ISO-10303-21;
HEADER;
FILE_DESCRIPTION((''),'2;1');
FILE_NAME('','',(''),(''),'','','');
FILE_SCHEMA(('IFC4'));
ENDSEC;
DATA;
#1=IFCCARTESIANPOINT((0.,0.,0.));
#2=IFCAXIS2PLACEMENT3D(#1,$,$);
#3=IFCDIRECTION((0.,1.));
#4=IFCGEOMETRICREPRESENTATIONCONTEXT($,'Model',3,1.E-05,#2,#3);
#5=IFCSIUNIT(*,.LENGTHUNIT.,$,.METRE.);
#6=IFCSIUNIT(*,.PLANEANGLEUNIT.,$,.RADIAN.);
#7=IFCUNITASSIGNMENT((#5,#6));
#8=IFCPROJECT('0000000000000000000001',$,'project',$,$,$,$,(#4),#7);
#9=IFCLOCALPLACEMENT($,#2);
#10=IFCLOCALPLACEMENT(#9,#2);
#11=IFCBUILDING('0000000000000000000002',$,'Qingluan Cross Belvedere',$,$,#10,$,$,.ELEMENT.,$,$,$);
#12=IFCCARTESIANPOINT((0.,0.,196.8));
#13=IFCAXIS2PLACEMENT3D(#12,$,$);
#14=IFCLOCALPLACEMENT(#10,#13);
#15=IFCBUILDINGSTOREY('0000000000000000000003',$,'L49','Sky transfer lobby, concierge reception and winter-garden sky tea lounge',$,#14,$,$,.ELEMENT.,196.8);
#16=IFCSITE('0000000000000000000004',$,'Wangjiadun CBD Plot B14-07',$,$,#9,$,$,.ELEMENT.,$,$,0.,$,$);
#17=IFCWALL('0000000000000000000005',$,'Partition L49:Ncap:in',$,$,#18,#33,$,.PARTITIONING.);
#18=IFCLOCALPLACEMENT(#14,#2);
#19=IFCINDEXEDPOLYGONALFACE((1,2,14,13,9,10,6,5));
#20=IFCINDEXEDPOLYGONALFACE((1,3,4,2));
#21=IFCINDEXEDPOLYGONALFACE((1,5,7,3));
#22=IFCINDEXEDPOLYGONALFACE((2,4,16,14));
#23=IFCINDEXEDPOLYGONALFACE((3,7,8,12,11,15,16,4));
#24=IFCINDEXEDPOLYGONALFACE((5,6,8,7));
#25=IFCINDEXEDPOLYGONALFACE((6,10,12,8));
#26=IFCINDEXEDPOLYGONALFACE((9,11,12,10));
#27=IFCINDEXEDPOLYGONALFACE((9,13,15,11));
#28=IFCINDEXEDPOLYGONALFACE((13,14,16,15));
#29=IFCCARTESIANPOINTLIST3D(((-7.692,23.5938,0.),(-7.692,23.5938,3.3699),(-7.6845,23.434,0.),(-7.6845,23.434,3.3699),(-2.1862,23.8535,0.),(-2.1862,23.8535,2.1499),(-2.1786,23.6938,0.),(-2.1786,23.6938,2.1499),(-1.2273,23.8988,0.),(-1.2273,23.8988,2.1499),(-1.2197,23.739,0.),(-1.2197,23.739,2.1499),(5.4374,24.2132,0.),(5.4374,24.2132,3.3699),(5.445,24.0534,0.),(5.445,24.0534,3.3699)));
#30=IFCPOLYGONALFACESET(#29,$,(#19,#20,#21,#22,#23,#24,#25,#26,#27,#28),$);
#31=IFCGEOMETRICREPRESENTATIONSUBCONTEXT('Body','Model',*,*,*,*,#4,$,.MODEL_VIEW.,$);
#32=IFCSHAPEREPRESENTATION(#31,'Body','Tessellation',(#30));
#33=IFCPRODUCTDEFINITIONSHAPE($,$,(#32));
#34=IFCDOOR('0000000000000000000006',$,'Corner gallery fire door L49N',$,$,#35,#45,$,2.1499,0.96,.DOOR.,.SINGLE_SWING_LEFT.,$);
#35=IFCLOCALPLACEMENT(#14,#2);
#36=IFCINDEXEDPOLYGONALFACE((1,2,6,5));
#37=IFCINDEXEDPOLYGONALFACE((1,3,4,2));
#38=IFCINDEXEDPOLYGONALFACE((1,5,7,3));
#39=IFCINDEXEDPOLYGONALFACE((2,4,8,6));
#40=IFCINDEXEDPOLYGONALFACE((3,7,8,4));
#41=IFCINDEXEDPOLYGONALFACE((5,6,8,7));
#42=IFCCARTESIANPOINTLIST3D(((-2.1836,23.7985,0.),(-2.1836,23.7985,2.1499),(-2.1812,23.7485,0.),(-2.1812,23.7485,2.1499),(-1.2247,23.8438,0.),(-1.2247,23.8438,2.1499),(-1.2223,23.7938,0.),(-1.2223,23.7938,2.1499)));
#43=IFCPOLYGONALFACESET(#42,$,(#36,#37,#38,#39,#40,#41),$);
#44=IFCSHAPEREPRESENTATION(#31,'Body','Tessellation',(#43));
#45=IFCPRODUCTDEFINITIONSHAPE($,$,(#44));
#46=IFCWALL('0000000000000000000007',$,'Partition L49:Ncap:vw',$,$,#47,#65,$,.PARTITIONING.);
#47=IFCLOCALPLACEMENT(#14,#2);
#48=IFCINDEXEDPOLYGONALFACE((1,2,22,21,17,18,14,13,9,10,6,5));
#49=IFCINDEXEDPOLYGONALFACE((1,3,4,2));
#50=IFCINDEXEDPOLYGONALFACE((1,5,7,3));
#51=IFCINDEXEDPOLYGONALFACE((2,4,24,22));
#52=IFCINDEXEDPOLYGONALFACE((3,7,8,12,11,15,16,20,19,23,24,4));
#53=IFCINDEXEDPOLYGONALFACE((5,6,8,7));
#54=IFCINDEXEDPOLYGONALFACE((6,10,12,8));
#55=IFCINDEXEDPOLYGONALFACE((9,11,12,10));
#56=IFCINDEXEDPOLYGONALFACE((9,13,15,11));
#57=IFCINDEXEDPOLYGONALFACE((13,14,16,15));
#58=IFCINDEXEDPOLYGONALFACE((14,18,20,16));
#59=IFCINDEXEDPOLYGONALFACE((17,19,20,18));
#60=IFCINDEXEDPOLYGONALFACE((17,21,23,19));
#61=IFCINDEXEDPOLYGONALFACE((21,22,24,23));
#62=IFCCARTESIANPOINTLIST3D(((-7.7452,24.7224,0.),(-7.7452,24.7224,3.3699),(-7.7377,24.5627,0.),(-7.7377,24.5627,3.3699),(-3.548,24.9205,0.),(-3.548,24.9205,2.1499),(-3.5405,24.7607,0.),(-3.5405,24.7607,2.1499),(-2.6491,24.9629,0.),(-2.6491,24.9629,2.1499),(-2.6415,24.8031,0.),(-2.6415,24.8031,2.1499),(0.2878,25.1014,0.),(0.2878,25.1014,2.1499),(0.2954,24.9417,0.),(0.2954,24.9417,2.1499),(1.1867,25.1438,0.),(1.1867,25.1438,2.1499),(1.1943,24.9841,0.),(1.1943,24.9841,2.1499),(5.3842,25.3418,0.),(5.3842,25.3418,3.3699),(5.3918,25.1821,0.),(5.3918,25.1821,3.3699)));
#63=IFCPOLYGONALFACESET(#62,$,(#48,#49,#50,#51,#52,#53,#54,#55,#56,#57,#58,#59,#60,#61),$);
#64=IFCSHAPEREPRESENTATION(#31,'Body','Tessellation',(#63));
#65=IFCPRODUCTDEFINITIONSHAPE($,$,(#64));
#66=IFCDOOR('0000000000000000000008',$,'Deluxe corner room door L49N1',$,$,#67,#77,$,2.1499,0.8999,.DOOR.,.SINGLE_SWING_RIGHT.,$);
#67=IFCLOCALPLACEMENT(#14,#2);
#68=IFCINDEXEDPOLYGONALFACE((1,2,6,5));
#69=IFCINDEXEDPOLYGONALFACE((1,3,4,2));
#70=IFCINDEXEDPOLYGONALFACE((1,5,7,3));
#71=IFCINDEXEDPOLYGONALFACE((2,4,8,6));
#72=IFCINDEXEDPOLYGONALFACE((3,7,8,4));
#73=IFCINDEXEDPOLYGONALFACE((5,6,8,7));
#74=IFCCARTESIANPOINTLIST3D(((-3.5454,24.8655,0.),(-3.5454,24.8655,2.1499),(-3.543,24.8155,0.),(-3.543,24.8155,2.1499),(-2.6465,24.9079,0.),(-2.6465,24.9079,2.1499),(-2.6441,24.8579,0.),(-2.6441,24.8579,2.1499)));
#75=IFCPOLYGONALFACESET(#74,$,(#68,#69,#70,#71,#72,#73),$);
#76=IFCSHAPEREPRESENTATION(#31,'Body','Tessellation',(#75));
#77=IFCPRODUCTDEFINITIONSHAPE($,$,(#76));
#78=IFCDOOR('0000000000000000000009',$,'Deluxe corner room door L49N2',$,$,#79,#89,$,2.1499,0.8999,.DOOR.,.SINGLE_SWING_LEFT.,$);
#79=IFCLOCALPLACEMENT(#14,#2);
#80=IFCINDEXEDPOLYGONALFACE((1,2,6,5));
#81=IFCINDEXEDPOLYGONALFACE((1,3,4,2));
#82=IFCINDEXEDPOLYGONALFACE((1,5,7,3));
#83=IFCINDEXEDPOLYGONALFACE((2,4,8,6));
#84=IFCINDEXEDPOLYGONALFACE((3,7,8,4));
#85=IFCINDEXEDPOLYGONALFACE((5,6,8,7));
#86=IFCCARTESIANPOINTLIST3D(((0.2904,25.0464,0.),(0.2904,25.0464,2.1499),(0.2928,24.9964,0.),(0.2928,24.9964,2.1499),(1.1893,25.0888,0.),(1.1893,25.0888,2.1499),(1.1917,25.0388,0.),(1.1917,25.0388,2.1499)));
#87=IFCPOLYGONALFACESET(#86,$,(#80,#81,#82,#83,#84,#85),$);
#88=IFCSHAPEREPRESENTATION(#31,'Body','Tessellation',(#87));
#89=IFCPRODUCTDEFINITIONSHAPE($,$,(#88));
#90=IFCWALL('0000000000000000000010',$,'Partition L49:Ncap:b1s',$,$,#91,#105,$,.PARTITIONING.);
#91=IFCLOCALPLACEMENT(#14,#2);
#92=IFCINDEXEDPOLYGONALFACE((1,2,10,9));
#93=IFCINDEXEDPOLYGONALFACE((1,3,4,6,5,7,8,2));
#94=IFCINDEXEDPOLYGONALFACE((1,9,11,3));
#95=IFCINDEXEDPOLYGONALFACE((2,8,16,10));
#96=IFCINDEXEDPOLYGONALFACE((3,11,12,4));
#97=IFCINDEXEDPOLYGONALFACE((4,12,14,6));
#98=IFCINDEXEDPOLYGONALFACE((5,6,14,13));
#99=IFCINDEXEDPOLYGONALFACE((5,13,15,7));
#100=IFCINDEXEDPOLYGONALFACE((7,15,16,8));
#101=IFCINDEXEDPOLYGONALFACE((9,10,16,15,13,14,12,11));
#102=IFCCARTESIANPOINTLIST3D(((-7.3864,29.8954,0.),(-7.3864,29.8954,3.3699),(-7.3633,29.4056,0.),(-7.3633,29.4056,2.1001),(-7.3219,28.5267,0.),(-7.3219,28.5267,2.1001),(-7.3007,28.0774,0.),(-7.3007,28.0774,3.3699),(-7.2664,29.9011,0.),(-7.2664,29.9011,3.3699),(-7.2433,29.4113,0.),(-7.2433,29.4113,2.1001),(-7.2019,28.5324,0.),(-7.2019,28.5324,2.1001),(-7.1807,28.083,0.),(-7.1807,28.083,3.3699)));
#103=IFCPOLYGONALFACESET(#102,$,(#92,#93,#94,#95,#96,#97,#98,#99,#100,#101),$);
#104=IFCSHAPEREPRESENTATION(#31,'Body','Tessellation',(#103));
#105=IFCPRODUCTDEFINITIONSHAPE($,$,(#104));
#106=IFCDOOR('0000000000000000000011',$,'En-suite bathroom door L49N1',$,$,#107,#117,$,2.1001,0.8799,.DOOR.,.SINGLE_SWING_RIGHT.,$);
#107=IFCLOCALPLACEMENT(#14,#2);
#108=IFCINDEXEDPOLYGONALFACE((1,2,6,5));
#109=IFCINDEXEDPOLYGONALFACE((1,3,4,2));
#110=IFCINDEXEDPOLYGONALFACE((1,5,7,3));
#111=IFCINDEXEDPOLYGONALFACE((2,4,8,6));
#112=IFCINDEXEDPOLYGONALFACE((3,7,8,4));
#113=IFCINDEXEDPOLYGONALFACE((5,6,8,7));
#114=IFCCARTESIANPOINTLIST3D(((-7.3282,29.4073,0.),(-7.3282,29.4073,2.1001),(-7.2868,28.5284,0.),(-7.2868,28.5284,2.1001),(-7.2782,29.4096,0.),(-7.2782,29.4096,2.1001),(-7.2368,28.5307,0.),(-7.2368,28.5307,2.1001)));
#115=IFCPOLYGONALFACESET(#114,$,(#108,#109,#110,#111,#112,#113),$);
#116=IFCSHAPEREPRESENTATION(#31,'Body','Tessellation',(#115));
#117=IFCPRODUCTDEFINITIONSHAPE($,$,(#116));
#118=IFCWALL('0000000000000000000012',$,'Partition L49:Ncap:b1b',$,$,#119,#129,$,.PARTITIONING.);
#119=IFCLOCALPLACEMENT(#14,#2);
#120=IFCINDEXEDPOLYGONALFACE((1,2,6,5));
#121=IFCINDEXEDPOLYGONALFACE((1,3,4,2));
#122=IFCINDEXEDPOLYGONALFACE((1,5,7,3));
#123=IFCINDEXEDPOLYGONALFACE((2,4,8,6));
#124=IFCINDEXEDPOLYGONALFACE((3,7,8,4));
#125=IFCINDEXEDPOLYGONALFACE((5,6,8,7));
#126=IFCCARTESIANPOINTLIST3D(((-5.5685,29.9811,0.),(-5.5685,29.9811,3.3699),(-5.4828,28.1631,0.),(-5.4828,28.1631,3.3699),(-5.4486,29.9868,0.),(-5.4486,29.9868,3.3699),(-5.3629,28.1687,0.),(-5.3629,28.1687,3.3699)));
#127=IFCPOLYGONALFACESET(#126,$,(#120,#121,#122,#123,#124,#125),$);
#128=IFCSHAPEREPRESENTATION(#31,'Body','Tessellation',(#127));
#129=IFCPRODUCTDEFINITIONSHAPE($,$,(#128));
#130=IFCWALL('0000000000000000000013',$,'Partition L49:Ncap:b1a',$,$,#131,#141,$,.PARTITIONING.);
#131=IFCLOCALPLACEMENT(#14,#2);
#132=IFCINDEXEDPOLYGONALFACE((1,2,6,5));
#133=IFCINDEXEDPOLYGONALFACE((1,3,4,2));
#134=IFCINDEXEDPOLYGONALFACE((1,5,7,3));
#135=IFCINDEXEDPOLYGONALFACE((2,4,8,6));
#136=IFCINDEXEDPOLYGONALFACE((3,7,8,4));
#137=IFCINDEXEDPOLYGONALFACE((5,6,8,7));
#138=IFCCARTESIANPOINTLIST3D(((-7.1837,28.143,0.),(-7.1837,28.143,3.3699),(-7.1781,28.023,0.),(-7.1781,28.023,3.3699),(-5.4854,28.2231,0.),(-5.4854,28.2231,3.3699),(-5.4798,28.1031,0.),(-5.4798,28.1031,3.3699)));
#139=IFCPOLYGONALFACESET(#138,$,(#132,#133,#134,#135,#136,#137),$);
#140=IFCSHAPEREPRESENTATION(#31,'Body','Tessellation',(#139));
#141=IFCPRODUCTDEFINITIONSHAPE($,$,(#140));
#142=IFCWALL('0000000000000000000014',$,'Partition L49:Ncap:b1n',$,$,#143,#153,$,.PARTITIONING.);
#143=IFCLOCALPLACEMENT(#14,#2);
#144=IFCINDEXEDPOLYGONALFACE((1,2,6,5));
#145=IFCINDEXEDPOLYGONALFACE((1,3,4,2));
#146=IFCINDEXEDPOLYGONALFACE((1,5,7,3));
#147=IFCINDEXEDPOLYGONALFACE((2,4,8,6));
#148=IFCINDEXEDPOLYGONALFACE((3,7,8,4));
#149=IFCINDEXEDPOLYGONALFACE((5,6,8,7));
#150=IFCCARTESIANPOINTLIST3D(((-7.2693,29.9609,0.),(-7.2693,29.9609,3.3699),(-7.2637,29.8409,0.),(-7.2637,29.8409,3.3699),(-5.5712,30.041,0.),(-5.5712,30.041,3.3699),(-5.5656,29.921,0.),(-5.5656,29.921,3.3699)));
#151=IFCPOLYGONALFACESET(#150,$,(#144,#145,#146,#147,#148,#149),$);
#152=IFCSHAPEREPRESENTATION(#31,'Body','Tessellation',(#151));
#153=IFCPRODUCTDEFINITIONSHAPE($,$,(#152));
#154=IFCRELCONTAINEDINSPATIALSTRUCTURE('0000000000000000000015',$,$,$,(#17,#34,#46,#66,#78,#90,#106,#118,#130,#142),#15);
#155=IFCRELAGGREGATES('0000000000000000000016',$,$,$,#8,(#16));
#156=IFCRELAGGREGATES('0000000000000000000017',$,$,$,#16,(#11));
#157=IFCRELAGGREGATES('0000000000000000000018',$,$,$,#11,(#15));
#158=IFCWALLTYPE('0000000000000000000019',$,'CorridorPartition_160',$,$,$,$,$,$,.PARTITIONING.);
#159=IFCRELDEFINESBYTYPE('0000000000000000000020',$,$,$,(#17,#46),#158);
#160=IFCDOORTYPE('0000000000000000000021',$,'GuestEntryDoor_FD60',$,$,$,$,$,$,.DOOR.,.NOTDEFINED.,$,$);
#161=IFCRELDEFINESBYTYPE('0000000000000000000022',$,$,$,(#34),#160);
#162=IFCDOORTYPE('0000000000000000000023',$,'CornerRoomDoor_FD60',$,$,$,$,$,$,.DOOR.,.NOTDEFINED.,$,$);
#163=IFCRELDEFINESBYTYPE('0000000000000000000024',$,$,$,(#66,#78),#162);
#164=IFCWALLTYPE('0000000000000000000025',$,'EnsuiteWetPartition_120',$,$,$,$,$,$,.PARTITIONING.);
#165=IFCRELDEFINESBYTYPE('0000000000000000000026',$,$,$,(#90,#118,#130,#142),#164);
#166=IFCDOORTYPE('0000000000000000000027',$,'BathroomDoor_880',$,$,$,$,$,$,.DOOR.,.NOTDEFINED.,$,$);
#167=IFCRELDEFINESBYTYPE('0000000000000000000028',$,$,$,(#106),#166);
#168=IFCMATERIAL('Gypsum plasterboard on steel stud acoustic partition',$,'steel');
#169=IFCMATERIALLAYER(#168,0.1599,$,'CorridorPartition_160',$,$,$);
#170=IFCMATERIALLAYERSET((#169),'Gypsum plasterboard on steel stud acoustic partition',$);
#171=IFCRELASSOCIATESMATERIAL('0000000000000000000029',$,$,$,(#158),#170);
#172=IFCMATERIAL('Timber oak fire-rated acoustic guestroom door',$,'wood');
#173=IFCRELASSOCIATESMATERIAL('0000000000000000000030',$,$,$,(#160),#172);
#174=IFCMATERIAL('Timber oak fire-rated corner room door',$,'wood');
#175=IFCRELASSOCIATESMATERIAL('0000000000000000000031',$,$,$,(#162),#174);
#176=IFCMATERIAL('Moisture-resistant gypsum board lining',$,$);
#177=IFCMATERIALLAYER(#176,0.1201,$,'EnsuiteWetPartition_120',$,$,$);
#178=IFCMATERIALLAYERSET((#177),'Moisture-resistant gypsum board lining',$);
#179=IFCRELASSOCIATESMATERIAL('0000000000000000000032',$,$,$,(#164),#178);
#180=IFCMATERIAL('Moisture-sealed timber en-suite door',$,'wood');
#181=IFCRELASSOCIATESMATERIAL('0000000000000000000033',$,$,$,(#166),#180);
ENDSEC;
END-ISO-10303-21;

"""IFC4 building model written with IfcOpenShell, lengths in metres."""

from ifc_helpers import new_model, si_unit, direction, frame, frame_2d, origin, place, context, subcontext, project, spatial, rectangle, extrude, material, layer, layer_set, type_object, element, fill, save


model = new_model("IFC4")

# Units and contexts
model_context = context("Model", 3, precision=1e-05, world=origin(), true_north=direction((0.0, 1.0)))
body_context = subcontext(model_context, "Body", "Model", "MODEL_VIEW")
ifc_project = project(units=[si_unit("LENGTHUNIT", "METRE"), si_unit("PLANEANGLEUNIT", "RADIAN")], contexts=[model_context])

# Site, building, storey
site_placement = place(None, origin())
site = spatial("IfcSite", under=ifc_project, at=site_placement, Name="Wangjiadun CBD Plot B14-07", CompositionType="ELEMENT", RefElevation=0.0)
building_placement = place(site_placement, origin())
building = spatial("IfcBuilding", under=site, at=building_placement, Name="Qingluan Cross Belvedere", CompositionType="ELEMENT")
storey_placement = place(building_placement, frame((0.0, 0.0, 196.8)))
storey = spatial("IfcBuildingStorey", under=building, at=storey_placement, Name="L49", Description="Sky transfer lobby, concierge reception and winter-garden sky tea lounge", CompositionType="ELEMENT", Elevation=196.8)

# Wall, opening, door
ifc_material_1 = material(Name="Gypsum plasterboard on steel stud acoustic partition", Category="steel")
ifc_layer_1 = layer(ifc_material_1, 0.1599, Name="CorridorPartition_160")
ifc_layer_set_1 = layer_set([ifc_layer_1], Name="Gypsum plasterboard on steel stud acoustic partition")
wall_type_1 = type_object("IfcWallType", Name="CorridorPartition_160", PredefinedType="PARTITIONING", material=ifc_layer_set_1)
wall_1_placement = place(storey_placement, frame((-7.6882, 23.5139, 0.0), z_axis=(0.0, 0.0, 1.0), x_axis=(0.998889, 0.047123, 0.0)))
wall_1 = element("IfcWall", 1, at=wall_1_placement, inside=storey, type_object=wall_type_1, Name="Partition L49:Ncap:in", PredefinedType="PARTITIONING", context=body_context, shape_type="SweptSolid", body=[
    extrude(rectangle(XDim=13.144, YDim=0.1599, at=frame_2d((6.572, 0.0))), origin(), (0.0, 0.0, 1.0), 3.3699),
])
opening_1_placement = place(wall_1_placement, frame((5.512, 0.0, 0.0)))
opening_1 = element("IfcOpeningElement", 2, at=opening_1_placement, cuts=wall_1, PredefinedType="OPENING", context=body_context, shape_type="SweptSolid", body=[
    extrude(rectangle(XDim=0.96, YDim=2.1499, at=frame_2d((0.48, 1.075))), frame((0.0, 0.0898, 0.0), z_axis=(0.0, -1.0, 0.0), x_axis=(1.0, 0.0, 0.0)), (0.0, 0.0, 1.0), 0.1799),
])
ifc_material_2 = material(Name="Timber oak fire-rated acoustic guestroom door", Category="wood")
door_type_1 = type_object("IfcDoorType", Name="GuestEntryDoor_FD60", OperationType="NOTDEFINED", PredefinedType="DOOR", material=ifc_material_2)
door_1_placement = place(opening_1_placement, origin())
door_1 = element("IfcDoor", 3, at=door_1_placement, inside=storey, type_object=door_type_1, Name="Corner gallery fire door L49N", OperationType="SINGLE_SWING_LEFT", OverallHeight=2.1499, OverallWidth=0.96, PredefinedType="DOOR", context=body_context, shape_type="SweptSolid", body=[
    extrude(rectangle(XDim=0.96, YDim=2.1499, at=frame_2d((0.48, 1.075))), frame((0.0, 0.0249, 0.0), z_axis=(0.0, -1.0, 0.0), x_axis=(1.0, 0.0, 0.0)), (0.0, 0.0, 1.0), 0.05),
])
fill(opening_1, door_1)

# Wall, openings, doors
wall_2_placement = place(storey_placement, frame((-7.7415, 24.6426, 0.0), z_axis=(0.0, 0.0, 1.0), x_axis=(0.998889, 0.047123, 0.0)))
wall_2 = element("IfcWall", 4, at=wall_2_placement, inside=storey, type_object=wall_type_1, Name="Partition L49:Ncap:vw", PredefinedType="PARTITIONING", context=body_context, shape_type="SweptSolid", body=[
    extrude(rectangle(XDim=13.144, YDim=0.1599, at=frame_2d((6.572, 0.0))), origin(), (0.0, 0.0, 1.0), 3.3699),
])
opening_2_placement = place(wall_2_placement, frame((4.2019, 0.0, 0.0)))
opening_2 = element("IfcOpeningElement", 5, at=opening_2_placement, cuts=wall_2, PredefinedType="OPENING", context=body_context, shape_type="SweptSolid", body=[
    extrude(rectangle(XDim=0.8999, YDim=2.1499, at=frame_2d((0.45, 1.075))), frame((0.0, 0.0898, 0.0), z_axis=(0.0, -1.0, 0.0), x_axis=(1.0, 0.0, 0.0)), (0.0, 0.0, 1.0), 0.1799),
])
opening_3_placement = place(wall_2_placement, frame((8.042, 0.0, 0.0)))
opening_3 = element("IfcOpeningElement", 6, at=opening_3_placement, cuts=wall_2, PredefinedType="OPENING", context=body_context, shape_type="SweptSolid", body=[
    extrude(rectangle(XDim=0.8999, YDim=2.1499, at=frame_2d((0.45, 1.075))), frame((0.0, 0.0898, 0.0), z_axis=(0.0, -1.0, 0.0), x_axis=(1.0, 0.0, 0.0)), (0.0, 0.0, 1.0), 0.1799),
])
ifc_material_3 = material(Name="Timber oak fire-rated corner room door", Category="wood")
door_type_2 = type_object("IfcDoorType", Name="CornerRoomDoor_FD60", OperationType="NOTDEFINED", PredefinedType="DOOR", material=ifc_material_3)
door_2_placement = place(opening_2_placement, origin())
door_2 = element("IfcDoor", 7, at=door_2_placement, inside=storey, type_object=door_type_2, Name="Deluxe corner room door L49N1", OperationType="SINGLE_SWING_RIGHT", OverallHeight=2.1499, OverallWidth=0.8999, PredefinedType="DOOR", context=body_context, shape_type="SweptSolid", body=[
    extrude(rectangle(XDim=0.8999, YDim=2.1499, at=frame_2d((0.45, 1.075))), frame((0.0, 0.0249, 0.0), z_axis=(0.0, -1.0, 0.0), x_axis=(1.0, 0.0, 0.0)), (0.0, 0.0, 1.0), 0.05),
])
fill(opening_2, door_2)
door_3_placement = place(opening_3_placement, origin())
door_3 = element("IfcDoor", 8, at=door_3_placement, inside=storey, type_object=door_type_2, Name="Deluxe corner room door L49N2", OperationType="SINGLE_SWING_LEFT", OverallHeight=2.1499, OverallWidth=0.8999, PredefinedType="DOOR", context=body_context, shape_type="SweptSolid", body=[
    extrude(rectangle(XDim=0.8999, YDim=2.1499, at=frame_2d((0.45, 1.075))), frame((0.0, 0.0249, 0.0), z_axis=(0.0, -1.0, 0.0), x_axis=(1.0, 0.0, 0.0)), (0.0, 0.0, 1.0), 0.05),
])
fill(opening_3, door_3)

# Wall, opening, door
ifc_material_4 = material(Name="Moisture-resistant gypsum board lining")
ifc_layer_2 = layer(ifc_material_4, 0.1201, Name="EnsuiteWetPartition_120")
ifc_layer_set_2 = layer_set([ifc_layer_2], Name="Moisture-resistant gypsum board lining")
wall_type_2 = type_object("IfcWallType", Name="EnsuiteWetPartition_120", PredefinedType="PARTITIONING", material=ifc_layer_set_2)
wall_3_placement = place(storey_placement, frame((-7.2407, 28.0801, 0.0), z_axis=(0.0, 0.0, 1.0), x_axis=(-0.047081, 0.998891, 0.0)))
wall_3 = element("IfcWall", 9, at=wall_3_placement, inside=storey, type_object=wall_type_2, Name="Partition L49:Ncap:b1s", PredefinedType="PARTITIONING", context=body_context, shape_type="SweptSolid", body=[
    extrude(rectangle(XDim=1.8201, YDim=0.1201, at=frame_2d((0.9102, 0.0))), origin(), (0.0, 0.0, 1.0), 3.3699),
])
opening_4_placement = place(wall_3_placement, frame((0.45, 0.0, 0.0)))
opening_4 = element("IfcOpeningElement", 10, at=opening_4_placement, cuts=wall_3, PredefinedType="OPENING", context=body_context, shape_type="SweptSolid", body=[
    extrude(rectangle(XDim=0.8799, YDim=2.1001, at=frame_2d((0.4399, 1.05))), frame((0.0, 0.0701, 0.0), z_axis=(0.0, -1.0, 0.0), x_axis=(1.0, 0.0, 0.0)), (0.0, 0.0, 1.0), 0.1401),
])
ifc_material_5 = material(Name="Moisture-sealed timber en-suite door", Category="wood")
door_type_3 = type_object("IfcDoorType", Name="BathroomDoor_880", OperationType="NOTDEFINED", PredefinedType="DOOR", material=ifc_material_5)
door_4_placement = place(opening_4_placement, origin())
door_4 = element("IfcDoor", 11, at=door_4_placement, inside=storey, type_object=door_type_3, Name="En-suite bathroom door L49N1", OperationType="SINGLE_SWING_RIGHT", OverallHeight=2.1001, OverallWidth=0.8799, PredefinedType="DOOR", context=body_context, shape_type="SweptSolid", body=[
    extrude(rectangle(XDim=0.8799, YDim=2.1001, at=frame_2d((0.4399, 1.05))), frame((0.0, 0.0249, 0.0), z_axis=(0.0, -1.0, 0.0), x_axis=(1.0, 0.0, 0.0)), (0.0, 0.0, 1.0), 0.05),
])
fill(opening_4, door_4)

# Walls
wall_4_placement = place(storey_placement, frame((-5.4229, 28.1658, 0.0), z_axis=(0.0, 0.0, 1.0), x_axis=(-0.047081, 0.998891, 0.0)))
element("IfcWall", 12, at=wall_4_placement, inside=storey, type_object=wall_type_2, Name="Partition L49:Ncap:b1b", PredefinedType="PARTITIONING", context=body_context, shape_type="SweptSolid", body=[
    extrude(rectangle(XDim=1.8201, YDim=0.1201, at=frame_2d((0.9102, 0.0))), origin(), (0.0, 0.0, 1.0), 3.3699),
])
wall_5_placement = place(storey_placement, frame((-7.1809, 28.083, 0.0), z_axis=(0.0, 0.0, 1.0), x_axis=(0.99889, 0.047101, 0.0)))
element("IfcWall", 13, at=wall_5_placement, inside=storey, type_object=wall_type_2, Name="Partition L49:Ncap:b1a", PredefinedType="PARTITIONING", context=body_context, shape_type="SweptSolid", body=[
    extrude(rectangle(XDim=1.7002, YDim=0.1201, at=frame_2d((0.8501, 0.0))), origin(), (0.0, 0.0, 1.0), 3.3699),
])
wall_6_placement = place(storey_placement, frame((-7.2666, 29.9009, 0.0), z_axis=(0.0, 0.0, 1.0), x_axis=(0.99889, 0.047108, 0.0)))
element("IfcWall", 14, at=wall_6_placement, inside=storey, type_object=wall_type_2, Name="Partition L49:Ncap:b1n", PredefinedType="PARTITIONING", context=body_context, shape_type="SweptSolid", body=[
    extrude(rectangle(XDim=1.7, YDim=0.1201, at=frame_2d((0.8501, 0.0))), origin(), (0.0, 0.0, 1.0), 3.3699),
])

save(model, "model.ifc")
